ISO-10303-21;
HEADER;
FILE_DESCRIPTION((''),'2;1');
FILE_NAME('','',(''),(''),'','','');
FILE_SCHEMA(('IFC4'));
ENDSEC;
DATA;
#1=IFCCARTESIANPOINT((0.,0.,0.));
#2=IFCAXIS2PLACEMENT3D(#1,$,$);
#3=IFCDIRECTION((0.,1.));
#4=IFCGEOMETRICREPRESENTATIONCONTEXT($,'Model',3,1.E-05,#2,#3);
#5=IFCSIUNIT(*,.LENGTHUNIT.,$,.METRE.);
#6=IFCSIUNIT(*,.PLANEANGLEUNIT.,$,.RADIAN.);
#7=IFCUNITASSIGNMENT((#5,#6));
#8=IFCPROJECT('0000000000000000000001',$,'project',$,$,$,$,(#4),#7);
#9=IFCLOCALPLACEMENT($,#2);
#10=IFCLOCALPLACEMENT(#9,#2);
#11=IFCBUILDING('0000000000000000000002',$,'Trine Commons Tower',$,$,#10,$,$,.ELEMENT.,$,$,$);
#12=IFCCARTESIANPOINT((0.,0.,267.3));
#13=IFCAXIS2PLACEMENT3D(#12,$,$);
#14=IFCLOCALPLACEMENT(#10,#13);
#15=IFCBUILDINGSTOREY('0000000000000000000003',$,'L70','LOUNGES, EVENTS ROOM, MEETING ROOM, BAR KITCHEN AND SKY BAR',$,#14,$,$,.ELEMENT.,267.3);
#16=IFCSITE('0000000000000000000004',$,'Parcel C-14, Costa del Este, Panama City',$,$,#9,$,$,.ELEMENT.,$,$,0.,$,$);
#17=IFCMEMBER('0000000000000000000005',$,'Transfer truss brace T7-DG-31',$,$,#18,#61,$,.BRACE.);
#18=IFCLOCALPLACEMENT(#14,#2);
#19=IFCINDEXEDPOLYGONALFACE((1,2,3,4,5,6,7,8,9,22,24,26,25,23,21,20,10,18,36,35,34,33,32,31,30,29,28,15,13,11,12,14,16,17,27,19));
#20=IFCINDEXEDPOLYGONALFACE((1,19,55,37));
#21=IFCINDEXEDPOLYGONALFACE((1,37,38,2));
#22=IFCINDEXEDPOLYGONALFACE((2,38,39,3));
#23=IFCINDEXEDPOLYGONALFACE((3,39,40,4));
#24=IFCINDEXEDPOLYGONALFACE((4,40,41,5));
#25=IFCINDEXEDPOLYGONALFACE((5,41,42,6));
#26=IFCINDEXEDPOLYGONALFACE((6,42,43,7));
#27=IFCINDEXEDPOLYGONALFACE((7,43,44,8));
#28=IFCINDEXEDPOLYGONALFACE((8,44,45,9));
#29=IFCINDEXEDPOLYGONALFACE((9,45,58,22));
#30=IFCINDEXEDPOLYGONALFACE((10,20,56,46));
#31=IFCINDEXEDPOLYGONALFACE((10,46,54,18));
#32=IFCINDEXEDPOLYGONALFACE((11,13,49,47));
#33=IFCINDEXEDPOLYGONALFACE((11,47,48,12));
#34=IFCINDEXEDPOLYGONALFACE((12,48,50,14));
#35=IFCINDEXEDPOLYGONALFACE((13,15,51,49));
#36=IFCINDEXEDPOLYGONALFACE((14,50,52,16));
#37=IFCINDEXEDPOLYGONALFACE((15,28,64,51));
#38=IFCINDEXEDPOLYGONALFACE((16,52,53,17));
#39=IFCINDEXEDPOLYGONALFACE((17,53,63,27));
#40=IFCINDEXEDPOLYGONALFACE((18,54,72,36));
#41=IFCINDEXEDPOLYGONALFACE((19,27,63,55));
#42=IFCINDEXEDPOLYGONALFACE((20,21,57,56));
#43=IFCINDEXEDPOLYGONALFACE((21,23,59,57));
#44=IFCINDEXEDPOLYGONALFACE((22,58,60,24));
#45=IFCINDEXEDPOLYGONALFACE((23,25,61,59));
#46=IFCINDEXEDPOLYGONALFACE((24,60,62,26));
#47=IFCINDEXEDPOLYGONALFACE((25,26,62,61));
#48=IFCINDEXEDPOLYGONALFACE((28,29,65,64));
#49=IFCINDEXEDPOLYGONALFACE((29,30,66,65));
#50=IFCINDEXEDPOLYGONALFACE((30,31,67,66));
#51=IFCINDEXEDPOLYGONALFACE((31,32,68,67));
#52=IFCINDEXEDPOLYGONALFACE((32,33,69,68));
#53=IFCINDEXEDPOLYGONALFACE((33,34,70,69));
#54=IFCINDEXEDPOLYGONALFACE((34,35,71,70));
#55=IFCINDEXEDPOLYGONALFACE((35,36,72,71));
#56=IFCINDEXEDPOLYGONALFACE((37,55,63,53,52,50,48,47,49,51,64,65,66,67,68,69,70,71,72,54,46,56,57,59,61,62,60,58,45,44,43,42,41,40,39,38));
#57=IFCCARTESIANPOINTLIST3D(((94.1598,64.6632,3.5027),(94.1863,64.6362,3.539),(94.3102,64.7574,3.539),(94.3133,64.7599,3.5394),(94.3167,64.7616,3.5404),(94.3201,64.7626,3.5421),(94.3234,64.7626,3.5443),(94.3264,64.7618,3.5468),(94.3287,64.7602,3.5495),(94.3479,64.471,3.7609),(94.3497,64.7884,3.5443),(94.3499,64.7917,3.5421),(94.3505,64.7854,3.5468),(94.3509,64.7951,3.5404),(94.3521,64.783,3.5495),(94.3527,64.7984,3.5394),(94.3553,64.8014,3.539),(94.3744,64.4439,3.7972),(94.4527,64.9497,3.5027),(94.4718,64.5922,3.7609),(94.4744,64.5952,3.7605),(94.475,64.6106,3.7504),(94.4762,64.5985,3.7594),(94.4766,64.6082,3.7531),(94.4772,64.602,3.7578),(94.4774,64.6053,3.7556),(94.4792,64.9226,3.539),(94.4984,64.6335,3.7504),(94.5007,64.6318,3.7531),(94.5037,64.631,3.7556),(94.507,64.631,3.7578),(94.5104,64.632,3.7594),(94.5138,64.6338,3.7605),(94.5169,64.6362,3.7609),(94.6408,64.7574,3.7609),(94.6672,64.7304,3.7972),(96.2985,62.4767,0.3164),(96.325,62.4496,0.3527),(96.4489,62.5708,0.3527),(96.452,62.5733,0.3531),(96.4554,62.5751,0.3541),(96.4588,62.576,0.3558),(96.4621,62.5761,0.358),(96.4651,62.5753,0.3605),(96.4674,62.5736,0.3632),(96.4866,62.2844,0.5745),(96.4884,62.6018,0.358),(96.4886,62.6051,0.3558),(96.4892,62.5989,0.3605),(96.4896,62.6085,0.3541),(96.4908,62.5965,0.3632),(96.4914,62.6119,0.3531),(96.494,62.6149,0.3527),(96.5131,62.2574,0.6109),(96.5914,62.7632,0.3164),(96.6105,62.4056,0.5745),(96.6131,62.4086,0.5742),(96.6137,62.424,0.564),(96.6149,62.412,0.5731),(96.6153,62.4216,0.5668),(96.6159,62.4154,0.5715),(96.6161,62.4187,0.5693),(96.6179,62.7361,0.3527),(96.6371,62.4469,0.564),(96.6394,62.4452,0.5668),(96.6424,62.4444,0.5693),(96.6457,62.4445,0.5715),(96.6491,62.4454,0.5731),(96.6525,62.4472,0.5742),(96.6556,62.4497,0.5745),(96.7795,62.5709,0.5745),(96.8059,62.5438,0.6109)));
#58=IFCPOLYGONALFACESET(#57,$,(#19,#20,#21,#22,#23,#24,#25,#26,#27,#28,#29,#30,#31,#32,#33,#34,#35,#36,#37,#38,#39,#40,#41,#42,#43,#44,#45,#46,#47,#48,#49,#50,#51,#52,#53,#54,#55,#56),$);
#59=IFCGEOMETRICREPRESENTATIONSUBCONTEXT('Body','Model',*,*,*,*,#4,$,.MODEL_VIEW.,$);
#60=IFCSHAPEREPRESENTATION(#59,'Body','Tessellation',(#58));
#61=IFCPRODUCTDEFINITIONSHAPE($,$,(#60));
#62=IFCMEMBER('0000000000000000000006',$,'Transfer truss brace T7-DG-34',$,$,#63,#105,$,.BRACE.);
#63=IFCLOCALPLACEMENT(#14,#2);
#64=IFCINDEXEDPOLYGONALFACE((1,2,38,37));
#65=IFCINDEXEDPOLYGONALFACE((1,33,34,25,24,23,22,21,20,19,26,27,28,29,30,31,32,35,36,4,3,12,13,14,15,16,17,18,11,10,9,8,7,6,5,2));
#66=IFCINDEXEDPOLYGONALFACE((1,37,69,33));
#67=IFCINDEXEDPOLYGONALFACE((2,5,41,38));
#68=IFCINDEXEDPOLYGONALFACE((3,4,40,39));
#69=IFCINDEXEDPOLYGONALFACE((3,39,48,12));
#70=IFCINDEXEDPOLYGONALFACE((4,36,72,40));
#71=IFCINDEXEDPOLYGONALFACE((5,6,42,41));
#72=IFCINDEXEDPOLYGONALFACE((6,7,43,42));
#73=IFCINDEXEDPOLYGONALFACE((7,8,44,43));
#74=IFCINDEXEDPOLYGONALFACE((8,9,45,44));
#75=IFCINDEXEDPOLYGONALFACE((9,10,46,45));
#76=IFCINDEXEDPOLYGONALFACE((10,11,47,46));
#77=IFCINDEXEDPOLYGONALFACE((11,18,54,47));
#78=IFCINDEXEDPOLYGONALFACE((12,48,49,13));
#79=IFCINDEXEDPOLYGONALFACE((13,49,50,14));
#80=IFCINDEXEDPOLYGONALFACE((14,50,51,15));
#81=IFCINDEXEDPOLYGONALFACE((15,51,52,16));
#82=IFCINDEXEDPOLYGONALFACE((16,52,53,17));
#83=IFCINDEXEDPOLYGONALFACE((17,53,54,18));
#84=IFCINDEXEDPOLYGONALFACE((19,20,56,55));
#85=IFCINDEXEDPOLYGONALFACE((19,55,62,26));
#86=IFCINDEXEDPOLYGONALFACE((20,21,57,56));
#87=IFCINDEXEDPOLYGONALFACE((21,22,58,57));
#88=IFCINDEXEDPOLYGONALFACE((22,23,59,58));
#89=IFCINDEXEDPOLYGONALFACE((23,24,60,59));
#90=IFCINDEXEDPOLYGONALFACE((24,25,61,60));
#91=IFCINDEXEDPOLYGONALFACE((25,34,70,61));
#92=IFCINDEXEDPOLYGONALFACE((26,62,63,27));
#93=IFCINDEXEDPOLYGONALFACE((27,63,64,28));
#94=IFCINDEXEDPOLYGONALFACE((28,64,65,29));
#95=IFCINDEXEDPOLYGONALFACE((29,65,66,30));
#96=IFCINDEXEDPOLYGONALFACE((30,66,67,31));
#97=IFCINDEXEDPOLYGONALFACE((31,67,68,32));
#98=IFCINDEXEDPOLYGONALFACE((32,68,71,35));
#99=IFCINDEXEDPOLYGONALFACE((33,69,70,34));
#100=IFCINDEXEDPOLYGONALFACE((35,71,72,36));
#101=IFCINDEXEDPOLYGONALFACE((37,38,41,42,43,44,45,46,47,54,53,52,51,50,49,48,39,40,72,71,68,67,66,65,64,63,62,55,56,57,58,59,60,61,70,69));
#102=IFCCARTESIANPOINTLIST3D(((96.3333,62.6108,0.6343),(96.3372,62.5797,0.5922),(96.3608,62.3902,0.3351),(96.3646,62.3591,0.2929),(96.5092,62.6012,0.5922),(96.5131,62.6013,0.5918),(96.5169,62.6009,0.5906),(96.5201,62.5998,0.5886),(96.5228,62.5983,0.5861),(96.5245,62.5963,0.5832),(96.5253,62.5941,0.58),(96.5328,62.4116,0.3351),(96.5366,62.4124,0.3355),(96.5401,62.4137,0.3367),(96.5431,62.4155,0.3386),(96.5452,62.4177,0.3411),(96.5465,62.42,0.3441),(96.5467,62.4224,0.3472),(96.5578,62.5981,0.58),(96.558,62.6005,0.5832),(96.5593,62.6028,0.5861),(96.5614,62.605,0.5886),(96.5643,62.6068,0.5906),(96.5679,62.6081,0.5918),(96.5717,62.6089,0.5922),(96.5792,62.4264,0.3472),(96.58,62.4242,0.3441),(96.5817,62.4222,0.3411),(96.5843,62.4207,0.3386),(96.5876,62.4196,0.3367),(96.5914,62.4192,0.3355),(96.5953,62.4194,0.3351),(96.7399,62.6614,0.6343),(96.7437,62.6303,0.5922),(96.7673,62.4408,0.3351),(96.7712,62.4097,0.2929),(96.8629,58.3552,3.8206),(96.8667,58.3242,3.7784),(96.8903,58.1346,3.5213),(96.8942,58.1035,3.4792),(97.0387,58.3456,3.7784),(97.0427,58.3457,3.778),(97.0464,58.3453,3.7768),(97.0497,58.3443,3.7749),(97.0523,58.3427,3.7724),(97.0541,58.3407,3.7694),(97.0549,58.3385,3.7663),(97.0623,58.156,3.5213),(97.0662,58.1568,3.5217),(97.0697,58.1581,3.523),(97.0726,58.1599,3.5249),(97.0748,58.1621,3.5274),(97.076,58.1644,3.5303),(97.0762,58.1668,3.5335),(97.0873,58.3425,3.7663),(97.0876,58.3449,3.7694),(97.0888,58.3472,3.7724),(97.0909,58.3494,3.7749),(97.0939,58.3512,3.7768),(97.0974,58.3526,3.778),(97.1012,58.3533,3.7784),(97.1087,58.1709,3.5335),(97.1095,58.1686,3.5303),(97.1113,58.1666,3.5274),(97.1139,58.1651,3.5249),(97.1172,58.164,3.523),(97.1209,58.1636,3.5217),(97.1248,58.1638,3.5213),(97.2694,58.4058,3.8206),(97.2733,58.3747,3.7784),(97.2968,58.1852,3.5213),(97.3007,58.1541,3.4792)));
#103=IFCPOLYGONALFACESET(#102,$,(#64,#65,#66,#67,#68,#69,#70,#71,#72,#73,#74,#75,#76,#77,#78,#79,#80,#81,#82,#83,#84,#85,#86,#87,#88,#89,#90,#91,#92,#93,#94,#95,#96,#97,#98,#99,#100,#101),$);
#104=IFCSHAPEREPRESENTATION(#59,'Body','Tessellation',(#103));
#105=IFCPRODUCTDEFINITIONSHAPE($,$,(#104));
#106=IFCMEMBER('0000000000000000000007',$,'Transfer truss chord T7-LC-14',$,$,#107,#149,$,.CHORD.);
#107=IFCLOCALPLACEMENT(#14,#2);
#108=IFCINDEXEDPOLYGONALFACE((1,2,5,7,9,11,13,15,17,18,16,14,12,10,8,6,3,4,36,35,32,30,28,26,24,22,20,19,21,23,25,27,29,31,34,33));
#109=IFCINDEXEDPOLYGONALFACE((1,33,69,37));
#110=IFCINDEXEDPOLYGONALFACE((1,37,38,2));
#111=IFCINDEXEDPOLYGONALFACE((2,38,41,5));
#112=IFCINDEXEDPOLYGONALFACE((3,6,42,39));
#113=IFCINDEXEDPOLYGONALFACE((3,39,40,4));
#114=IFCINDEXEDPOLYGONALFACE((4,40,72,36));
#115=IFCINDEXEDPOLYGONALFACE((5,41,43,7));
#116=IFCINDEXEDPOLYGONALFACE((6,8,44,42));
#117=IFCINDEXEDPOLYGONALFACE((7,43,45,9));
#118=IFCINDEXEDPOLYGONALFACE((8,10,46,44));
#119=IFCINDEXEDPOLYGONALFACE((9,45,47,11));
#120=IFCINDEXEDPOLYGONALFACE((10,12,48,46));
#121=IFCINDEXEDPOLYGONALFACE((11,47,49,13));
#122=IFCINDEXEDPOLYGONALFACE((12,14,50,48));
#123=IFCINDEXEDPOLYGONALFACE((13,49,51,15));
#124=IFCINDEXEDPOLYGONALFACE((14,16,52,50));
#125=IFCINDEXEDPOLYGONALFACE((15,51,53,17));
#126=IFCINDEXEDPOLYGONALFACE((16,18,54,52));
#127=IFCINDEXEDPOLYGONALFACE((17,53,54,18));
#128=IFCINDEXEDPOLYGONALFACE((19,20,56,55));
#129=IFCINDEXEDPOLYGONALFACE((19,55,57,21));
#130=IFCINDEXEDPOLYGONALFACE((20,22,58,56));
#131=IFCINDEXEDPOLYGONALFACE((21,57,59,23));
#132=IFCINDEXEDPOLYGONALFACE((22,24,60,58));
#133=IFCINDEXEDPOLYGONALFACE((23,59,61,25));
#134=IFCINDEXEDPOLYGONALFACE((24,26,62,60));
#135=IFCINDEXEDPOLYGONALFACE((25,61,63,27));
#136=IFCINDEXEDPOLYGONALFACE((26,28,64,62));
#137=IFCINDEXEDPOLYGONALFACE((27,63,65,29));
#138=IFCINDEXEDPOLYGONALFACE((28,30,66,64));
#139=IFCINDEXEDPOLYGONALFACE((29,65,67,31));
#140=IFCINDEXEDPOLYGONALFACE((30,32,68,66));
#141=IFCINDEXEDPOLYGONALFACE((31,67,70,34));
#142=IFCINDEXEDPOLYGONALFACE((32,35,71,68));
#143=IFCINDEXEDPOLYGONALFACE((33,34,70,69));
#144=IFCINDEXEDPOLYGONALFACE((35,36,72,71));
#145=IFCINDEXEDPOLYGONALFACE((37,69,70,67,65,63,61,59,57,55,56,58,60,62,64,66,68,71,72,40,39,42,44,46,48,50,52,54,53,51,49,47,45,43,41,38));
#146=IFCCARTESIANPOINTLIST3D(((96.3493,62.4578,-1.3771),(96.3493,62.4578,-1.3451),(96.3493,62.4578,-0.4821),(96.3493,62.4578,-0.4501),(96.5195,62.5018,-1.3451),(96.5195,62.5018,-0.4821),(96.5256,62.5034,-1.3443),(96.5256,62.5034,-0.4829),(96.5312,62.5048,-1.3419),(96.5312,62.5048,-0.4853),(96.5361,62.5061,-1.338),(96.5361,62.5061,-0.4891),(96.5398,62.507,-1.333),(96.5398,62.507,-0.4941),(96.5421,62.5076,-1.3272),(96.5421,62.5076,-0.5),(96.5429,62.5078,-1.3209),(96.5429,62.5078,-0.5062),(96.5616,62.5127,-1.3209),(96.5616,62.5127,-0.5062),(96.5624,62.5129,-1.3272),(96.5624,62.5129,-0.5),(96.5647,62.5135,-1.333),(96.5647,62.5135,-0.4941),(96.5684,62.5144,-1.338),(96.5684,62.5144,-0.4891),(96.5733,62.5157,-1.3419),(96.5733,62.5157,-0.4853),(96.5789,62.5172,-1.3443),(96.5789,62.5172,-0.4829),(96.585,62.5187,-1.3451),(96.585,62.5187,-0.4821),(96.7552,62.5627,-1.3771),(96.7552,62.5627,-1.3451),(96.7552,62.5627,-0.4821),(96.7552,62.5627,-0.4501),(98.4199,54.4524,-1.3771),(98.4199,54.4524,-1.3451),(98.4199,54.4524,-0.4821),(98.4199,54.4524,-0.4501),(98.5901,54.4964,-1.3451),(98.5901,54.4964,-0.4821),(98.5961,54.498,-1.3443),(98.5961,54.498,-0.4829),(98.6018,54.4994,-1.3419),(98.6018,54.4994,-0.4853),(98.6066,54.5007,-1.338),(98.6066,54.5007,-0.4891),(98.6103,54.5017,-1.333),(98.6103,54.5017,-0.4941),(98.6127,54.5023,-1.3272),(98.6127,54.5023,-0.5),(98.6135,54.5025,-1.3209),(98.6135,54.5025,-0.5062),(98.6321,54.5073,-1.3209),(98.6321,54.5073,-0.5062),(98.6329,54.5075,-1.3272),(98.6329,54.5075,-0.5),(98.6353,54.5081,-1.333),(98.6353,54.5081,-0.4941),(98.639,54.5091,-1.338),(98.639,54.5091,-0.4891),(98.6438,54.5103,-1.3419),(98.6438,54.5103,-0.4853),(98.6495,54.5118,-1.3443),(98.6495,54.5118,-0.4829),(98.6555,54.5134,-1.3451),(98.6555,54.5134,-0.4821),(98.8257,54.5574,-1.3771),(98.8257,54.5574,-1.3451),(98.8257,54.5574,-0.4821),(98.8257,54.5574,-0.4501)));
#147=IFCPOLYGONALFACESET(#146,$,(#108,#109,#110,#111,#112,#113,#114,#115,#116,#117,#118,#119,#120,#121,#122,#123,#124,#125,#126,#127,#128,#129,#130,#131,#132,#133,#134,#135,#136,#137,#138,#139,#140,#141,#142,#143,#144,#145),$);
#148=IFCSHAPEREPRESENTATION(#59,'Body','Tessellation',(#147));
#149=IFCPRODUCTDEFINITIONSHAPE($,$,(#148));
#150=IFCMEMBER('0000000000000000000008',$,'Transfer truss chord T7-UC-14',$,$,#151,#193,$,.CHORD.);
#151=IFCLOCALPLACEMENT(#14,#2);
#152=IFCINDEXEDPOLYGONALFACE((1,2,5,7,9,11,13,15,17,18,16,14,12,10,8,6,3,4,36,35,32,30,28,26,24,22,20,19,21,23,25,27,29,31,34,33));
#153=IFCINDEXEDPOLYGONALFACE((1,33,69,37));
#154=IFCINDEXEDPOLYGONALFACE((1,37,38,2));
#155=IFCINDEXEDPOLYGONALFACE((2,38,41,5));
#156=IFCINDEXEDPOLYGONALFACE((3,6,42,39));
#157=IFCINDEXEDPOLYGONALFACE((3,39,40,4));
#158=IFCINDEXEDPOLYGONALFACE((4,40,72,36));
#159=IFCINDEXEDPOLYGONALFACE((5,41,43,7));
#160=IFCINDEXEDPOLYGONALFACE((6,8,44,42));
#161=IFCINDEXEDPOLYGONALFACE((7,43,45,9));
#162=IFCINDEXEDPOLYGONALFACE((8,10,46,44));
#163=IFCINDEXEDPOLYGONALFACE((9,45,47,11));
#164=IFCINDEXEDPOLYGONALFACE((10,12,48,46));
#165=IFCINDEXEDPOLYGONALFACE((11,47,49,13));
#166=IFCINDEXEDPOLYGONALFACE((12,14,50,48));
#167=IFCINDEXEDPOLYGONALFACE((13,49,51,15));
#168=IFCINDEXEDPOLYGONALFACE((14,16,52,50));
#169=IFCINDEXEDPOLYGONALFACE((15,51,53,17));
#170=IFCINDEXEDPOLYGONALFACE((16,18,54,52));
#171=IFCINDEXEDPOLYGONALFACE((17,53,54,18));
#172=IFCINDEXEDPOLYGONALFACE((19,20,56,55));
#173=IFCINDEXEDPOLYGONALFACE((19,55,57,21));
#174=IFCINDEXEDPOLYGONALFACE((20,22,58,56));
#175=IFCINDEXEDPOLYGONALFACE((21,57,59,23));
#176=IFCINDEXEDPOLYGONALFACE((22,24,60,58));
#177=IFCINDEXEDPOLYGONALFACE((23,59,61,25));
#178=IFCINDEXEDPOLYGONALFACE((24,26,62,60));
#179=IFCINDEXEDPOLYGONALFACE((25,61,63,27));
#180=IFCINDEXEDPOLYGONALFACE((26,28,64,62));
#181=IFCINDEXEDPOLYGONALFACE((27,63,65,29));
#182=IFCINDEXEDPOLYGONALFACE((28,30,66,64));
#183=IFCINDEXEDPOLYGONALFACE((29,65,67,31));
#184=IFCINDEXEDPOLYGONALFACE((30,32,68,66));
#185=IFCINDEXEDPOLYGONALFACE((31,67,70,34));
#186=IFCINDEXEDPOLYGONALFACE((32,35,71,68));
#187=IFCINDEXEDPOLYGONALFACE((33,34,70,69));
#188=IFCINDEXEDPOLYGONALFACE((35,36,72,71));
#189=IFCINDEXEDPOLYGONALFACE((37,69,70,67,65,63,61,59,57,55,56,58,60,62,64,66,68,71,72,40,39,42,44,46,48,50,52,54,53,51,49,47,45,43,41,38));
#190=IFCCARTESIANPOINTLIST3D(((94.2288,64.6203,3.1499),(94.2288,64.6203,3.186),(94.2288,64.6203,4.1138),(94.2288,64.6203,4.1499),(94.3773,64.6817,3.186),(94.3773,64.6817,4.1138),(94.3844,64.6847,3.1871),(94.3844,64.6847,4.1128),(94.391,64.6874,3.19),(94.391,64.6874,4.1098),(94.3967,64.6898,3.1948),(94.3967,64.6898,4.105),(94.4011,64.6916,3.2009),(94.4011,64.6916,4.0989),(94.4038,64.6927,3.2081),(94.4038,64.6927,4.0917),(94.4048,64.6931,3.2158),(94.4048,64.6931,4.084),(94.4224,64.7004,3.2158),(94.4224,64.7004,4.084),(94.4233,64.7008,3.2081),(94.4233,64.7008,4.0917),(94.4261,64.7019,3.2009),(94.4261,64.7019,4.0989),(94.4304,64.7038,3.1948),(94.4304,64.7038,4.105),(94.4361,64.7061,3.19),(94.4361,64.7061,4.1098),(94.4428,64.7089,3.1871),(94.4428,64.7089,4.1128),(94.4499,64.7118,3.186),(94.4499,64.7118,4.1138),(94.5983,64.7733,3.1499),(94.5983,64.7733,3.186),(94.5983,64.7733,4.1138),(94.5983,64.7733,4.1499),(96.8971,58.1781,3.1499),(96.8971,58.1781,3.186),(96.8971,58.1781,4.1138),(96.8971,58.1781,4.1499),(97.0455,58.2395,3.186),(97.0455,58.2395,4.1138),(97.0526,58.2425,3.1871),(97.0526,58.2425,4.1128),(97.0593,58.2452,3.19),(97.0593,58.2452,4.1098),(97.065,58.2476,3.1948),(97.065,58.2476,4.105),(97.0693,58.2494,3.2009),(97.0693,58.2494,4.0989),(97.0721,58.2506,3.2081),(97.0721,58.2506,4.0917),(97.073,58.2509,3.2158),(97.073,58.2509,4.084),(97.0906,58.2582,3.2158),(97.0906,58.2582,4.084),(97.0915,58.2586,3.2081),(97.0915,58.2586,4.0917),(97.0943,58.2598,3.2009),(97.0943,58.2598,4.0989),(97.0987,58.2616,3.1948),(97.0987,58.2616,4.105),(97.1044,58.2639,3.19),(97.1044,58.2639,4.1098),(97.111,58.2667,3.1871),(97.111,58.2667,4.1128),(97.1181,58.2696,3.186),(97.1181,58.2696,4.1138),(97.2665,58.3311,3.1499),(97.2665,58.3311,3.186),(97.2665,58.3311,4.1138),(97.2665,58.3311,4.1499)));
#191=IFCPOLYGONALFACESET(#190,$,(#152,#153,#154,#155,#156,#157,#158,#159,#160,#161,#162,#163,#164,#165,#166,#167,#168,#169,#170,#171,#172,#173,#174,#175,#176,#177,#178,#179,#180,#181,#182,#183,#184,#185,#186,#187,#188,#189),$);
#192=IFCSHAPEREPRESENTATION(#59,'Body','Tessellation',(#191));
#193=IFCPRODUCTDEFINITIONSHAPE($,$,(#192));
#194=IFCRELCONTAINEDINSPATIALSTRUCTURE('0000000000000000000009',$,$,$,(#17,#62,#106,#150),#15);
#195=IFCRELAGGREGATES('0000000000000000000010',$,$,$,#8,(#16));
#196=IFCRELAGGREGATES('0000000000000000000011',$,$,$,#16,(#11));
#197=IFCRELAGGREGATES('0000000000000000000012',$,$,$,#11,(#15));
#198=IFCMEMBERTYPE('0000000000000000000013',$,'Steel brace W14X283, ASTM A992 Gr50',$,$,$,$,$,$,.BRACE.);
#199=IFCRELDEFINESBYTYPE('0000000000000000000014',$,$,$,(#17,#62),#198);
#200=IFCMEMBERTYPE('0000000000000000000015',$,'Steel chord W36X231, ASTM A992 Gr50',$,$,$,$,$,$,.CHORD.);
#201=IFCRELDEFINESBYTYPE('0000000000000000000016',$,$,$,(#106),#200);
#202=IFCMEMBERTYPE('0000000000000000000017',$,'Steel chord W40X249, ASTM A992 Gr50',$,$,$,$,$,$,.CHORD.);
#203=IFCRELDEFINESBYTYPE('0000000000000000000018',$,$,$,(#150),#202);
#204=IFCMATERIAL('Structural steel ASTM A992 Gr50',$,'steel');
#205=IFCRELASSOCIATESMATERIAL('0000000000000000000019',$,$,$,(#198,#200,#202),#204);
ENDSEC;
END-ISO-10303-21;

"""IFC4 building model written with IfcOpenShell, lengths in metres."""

from ifc_helpers import new_model, si_unit, direction, frame, origin, origin_2d, place, context, subcontext, project, spatial, i_section, extrude, material, material_profile, profile_set, type_object, element, save


model = new_model("IFC4")

# Units and contexts
model_context = context("Model", 3, precision=1e-05, world=origin(), true_north=direction((0.0, 1.0)))
body_context = subcontext(model_context, "Body", "Model", "MODEL_VIEW")
ifc_project = project(units=[si_unit("LENGTHUNIT", "METRE"), si_unit("PLANEANGLEUNIT", "RADIAN")], contexts=[model_context])

# Site, building, storey
site_placement = place(None, origin())
site = spatial("IfcSite", under=ifc_project, at=site_placement, Name="Parcel C-14, Costa del Este, Panama City", CompositionType="ELEMENT", RefElevation=0.0)
building_placement = place(site_placement, origin())
building = spatial("IfcBuilding", under=site, at=building_placement, Name="Trine Commons Tower", CompositionType="ELEMENT")
storey_placement = place(building_placement, frame((0.0, 0.0, 267.3)))
storey = spatial("IfcBuildingStorey", under=building, at=storey_placement, Name="L70", Description="LOUNGES, EVENTS ROOM, MEETING ROOM, BAR KITCHEN AND SKY BAR", CompositionType="ELEMENT", Elevation=267.3)

# Members
ifc_material_1 = material(Name="Structural steel ASTM A992 Gr50", Category="steel")
ifc_material_profile_1 = material_profile(ifc_material_1, i_section(OverallWidth=0.4097, OverallDepth=0.4253, WebThickness=0.0327, FlangeThickness=0.0525, FilletRadius=0.0151, at=origin_2d()), Name="W14X283")
ifc_profile_set_1 = profile_set([ifc_material_profile_1], Name="Structural steel ASTM A992 Gr50")
member_type_1 = type_object("IfcMemberType", Name="Steel brace W14X283, ASTM A992 Gr50", PredefinedType="BRACE", material=ifc_profile_set_1)
member_1_placement = place(storey_placement, frame((96.5522, 62.5103, 0.4636), z_axis=(-0.484225, 0.495059, 0.721417), x_axis=(-0.714886, -0.699241, 0.0)))
element("IfcMember", 1, at=member_1_placement, inside=storey, type_object=member_type_1, Name="Transfer truss brace T7-DG-31", PredefinedType="BRACE", context=body_context, shape_type="SweptSolid", body=[
    extrude(i_section(OverallWidth=0.4097, OverallDepth=0.4253, WebThickness=0.0327, FlangeThickness=0.0525, FilletRadius=0.0151, at=origin_2d()), origin(), (0.0, 0.0, 1.0), 4.4167),
])
member_2_placement = place(storey_placement, frame((96.5522, 62.5103, 0.4636), z_axis=(0.099117, -0.796548, 0.596395), x_axis=(0.992347, 0.123481, 0.0)))
element("IfcMember", 2, at=member_2_placement, inside=storey, type_object=member_type_1, Name="Transfer truss brace T7-DG-34", PredefinedType="BRACE", context=body_context, shape_type="SweptSolid", body=[
    extrude(i_section(OverallWidth=0.4097, OverallDepth=0.4253, WebThickness=0.0327, FlangeThickness=0.0525, FilletRadius=0.0151, at=origin_2d()), origin(), (0.0, 0.0, 1.0), 5.3425),
])
ifc_material_profile_2 = material_profile(ifc_material_1, i_section(OverallWidth=0.4192, OverallDepth=0.927, WebThickness=0.0193, FlangeThickness=0.032, FilletRadius=0.0242, at=origin_2d()), Name="W36X231")
ifc_profile_set_2 = profile_set([ifc_material_profile_2], Name="Structural steel ASTM A992 Gr50")
member_type_2 = type_object("IfcMemberType", Name="Steel chord W36X231, ASTM A992 Gr50", PredefinedType="CHORD", material=ifc_profile_set_2)
member_3_placement = place(storey_placement, frame((96.5522, 62.5103, -0.9136), z_axis=(0.250406, -0.968141, 0.0), x_axis=(0.968141, 0.250406, 0.0)))
element("IfcMember", 3, at=member_3_placement, inside=storey, type_object=member_type_2, Name="Transfer truss chord T7-LC-14", PredefinedType="CHORD", context=body_context, shape_type="SweptSolid", body=[
    extrude(i_section(OverallWidth=0.4192, OverallDepth=0.927, WebThickness=0.0193, FlangeThickness=0.032, FilletRadius=0.0242, at=origin_2d()), origin(), (0.0, 0.0, 1.0), 8.2688),
])
ifc_material_profile_3 = material_profile(ifc_material_1, i_section(OverallWidth=0.3999, OverallDepth=1.0, WebThickness=0.019, FlangeThickness=0.0361, FilletRadius=0.0298, at=origin_2d()), Name="W40X249")
ifc_profile_set_3 = profile_set([ifc_material_profile_3], Name="Structural steel ASTM A992 Gr50")
member_type_3 = type_object("IfcMemberType", Name="Steel chord W40X249, ASTM A992 Gr50", PredefinedType="CHORD", material=ifc_profile_set_3)
member_4_placement = place(storey_placement, frame((94.4136, 64.6968, 3.6499), z_axis=(0.382658, -0.92389, 0.0), x_axis=(0.92389, 0.382658, 0.0)))
element("IfcMember", 4, at=member_4_placement, inside=storey, type_object=member_type_3, Name="Transfer truss chord T7-UC-14", PredefinedType="CHORD", context=body_context, shape_type="SweptSolid", body=[
    extrude(i_section(OverallWidth=0.3999, OverallDepth=1.0, WebThickness=0.019, FlangeThickness=0.0361, FilletRadius=0.0298, at=origin_2d()), origin(), (0.0, 0.0, 1.0), 6.9729),
])

save(model, "model.ifc")
